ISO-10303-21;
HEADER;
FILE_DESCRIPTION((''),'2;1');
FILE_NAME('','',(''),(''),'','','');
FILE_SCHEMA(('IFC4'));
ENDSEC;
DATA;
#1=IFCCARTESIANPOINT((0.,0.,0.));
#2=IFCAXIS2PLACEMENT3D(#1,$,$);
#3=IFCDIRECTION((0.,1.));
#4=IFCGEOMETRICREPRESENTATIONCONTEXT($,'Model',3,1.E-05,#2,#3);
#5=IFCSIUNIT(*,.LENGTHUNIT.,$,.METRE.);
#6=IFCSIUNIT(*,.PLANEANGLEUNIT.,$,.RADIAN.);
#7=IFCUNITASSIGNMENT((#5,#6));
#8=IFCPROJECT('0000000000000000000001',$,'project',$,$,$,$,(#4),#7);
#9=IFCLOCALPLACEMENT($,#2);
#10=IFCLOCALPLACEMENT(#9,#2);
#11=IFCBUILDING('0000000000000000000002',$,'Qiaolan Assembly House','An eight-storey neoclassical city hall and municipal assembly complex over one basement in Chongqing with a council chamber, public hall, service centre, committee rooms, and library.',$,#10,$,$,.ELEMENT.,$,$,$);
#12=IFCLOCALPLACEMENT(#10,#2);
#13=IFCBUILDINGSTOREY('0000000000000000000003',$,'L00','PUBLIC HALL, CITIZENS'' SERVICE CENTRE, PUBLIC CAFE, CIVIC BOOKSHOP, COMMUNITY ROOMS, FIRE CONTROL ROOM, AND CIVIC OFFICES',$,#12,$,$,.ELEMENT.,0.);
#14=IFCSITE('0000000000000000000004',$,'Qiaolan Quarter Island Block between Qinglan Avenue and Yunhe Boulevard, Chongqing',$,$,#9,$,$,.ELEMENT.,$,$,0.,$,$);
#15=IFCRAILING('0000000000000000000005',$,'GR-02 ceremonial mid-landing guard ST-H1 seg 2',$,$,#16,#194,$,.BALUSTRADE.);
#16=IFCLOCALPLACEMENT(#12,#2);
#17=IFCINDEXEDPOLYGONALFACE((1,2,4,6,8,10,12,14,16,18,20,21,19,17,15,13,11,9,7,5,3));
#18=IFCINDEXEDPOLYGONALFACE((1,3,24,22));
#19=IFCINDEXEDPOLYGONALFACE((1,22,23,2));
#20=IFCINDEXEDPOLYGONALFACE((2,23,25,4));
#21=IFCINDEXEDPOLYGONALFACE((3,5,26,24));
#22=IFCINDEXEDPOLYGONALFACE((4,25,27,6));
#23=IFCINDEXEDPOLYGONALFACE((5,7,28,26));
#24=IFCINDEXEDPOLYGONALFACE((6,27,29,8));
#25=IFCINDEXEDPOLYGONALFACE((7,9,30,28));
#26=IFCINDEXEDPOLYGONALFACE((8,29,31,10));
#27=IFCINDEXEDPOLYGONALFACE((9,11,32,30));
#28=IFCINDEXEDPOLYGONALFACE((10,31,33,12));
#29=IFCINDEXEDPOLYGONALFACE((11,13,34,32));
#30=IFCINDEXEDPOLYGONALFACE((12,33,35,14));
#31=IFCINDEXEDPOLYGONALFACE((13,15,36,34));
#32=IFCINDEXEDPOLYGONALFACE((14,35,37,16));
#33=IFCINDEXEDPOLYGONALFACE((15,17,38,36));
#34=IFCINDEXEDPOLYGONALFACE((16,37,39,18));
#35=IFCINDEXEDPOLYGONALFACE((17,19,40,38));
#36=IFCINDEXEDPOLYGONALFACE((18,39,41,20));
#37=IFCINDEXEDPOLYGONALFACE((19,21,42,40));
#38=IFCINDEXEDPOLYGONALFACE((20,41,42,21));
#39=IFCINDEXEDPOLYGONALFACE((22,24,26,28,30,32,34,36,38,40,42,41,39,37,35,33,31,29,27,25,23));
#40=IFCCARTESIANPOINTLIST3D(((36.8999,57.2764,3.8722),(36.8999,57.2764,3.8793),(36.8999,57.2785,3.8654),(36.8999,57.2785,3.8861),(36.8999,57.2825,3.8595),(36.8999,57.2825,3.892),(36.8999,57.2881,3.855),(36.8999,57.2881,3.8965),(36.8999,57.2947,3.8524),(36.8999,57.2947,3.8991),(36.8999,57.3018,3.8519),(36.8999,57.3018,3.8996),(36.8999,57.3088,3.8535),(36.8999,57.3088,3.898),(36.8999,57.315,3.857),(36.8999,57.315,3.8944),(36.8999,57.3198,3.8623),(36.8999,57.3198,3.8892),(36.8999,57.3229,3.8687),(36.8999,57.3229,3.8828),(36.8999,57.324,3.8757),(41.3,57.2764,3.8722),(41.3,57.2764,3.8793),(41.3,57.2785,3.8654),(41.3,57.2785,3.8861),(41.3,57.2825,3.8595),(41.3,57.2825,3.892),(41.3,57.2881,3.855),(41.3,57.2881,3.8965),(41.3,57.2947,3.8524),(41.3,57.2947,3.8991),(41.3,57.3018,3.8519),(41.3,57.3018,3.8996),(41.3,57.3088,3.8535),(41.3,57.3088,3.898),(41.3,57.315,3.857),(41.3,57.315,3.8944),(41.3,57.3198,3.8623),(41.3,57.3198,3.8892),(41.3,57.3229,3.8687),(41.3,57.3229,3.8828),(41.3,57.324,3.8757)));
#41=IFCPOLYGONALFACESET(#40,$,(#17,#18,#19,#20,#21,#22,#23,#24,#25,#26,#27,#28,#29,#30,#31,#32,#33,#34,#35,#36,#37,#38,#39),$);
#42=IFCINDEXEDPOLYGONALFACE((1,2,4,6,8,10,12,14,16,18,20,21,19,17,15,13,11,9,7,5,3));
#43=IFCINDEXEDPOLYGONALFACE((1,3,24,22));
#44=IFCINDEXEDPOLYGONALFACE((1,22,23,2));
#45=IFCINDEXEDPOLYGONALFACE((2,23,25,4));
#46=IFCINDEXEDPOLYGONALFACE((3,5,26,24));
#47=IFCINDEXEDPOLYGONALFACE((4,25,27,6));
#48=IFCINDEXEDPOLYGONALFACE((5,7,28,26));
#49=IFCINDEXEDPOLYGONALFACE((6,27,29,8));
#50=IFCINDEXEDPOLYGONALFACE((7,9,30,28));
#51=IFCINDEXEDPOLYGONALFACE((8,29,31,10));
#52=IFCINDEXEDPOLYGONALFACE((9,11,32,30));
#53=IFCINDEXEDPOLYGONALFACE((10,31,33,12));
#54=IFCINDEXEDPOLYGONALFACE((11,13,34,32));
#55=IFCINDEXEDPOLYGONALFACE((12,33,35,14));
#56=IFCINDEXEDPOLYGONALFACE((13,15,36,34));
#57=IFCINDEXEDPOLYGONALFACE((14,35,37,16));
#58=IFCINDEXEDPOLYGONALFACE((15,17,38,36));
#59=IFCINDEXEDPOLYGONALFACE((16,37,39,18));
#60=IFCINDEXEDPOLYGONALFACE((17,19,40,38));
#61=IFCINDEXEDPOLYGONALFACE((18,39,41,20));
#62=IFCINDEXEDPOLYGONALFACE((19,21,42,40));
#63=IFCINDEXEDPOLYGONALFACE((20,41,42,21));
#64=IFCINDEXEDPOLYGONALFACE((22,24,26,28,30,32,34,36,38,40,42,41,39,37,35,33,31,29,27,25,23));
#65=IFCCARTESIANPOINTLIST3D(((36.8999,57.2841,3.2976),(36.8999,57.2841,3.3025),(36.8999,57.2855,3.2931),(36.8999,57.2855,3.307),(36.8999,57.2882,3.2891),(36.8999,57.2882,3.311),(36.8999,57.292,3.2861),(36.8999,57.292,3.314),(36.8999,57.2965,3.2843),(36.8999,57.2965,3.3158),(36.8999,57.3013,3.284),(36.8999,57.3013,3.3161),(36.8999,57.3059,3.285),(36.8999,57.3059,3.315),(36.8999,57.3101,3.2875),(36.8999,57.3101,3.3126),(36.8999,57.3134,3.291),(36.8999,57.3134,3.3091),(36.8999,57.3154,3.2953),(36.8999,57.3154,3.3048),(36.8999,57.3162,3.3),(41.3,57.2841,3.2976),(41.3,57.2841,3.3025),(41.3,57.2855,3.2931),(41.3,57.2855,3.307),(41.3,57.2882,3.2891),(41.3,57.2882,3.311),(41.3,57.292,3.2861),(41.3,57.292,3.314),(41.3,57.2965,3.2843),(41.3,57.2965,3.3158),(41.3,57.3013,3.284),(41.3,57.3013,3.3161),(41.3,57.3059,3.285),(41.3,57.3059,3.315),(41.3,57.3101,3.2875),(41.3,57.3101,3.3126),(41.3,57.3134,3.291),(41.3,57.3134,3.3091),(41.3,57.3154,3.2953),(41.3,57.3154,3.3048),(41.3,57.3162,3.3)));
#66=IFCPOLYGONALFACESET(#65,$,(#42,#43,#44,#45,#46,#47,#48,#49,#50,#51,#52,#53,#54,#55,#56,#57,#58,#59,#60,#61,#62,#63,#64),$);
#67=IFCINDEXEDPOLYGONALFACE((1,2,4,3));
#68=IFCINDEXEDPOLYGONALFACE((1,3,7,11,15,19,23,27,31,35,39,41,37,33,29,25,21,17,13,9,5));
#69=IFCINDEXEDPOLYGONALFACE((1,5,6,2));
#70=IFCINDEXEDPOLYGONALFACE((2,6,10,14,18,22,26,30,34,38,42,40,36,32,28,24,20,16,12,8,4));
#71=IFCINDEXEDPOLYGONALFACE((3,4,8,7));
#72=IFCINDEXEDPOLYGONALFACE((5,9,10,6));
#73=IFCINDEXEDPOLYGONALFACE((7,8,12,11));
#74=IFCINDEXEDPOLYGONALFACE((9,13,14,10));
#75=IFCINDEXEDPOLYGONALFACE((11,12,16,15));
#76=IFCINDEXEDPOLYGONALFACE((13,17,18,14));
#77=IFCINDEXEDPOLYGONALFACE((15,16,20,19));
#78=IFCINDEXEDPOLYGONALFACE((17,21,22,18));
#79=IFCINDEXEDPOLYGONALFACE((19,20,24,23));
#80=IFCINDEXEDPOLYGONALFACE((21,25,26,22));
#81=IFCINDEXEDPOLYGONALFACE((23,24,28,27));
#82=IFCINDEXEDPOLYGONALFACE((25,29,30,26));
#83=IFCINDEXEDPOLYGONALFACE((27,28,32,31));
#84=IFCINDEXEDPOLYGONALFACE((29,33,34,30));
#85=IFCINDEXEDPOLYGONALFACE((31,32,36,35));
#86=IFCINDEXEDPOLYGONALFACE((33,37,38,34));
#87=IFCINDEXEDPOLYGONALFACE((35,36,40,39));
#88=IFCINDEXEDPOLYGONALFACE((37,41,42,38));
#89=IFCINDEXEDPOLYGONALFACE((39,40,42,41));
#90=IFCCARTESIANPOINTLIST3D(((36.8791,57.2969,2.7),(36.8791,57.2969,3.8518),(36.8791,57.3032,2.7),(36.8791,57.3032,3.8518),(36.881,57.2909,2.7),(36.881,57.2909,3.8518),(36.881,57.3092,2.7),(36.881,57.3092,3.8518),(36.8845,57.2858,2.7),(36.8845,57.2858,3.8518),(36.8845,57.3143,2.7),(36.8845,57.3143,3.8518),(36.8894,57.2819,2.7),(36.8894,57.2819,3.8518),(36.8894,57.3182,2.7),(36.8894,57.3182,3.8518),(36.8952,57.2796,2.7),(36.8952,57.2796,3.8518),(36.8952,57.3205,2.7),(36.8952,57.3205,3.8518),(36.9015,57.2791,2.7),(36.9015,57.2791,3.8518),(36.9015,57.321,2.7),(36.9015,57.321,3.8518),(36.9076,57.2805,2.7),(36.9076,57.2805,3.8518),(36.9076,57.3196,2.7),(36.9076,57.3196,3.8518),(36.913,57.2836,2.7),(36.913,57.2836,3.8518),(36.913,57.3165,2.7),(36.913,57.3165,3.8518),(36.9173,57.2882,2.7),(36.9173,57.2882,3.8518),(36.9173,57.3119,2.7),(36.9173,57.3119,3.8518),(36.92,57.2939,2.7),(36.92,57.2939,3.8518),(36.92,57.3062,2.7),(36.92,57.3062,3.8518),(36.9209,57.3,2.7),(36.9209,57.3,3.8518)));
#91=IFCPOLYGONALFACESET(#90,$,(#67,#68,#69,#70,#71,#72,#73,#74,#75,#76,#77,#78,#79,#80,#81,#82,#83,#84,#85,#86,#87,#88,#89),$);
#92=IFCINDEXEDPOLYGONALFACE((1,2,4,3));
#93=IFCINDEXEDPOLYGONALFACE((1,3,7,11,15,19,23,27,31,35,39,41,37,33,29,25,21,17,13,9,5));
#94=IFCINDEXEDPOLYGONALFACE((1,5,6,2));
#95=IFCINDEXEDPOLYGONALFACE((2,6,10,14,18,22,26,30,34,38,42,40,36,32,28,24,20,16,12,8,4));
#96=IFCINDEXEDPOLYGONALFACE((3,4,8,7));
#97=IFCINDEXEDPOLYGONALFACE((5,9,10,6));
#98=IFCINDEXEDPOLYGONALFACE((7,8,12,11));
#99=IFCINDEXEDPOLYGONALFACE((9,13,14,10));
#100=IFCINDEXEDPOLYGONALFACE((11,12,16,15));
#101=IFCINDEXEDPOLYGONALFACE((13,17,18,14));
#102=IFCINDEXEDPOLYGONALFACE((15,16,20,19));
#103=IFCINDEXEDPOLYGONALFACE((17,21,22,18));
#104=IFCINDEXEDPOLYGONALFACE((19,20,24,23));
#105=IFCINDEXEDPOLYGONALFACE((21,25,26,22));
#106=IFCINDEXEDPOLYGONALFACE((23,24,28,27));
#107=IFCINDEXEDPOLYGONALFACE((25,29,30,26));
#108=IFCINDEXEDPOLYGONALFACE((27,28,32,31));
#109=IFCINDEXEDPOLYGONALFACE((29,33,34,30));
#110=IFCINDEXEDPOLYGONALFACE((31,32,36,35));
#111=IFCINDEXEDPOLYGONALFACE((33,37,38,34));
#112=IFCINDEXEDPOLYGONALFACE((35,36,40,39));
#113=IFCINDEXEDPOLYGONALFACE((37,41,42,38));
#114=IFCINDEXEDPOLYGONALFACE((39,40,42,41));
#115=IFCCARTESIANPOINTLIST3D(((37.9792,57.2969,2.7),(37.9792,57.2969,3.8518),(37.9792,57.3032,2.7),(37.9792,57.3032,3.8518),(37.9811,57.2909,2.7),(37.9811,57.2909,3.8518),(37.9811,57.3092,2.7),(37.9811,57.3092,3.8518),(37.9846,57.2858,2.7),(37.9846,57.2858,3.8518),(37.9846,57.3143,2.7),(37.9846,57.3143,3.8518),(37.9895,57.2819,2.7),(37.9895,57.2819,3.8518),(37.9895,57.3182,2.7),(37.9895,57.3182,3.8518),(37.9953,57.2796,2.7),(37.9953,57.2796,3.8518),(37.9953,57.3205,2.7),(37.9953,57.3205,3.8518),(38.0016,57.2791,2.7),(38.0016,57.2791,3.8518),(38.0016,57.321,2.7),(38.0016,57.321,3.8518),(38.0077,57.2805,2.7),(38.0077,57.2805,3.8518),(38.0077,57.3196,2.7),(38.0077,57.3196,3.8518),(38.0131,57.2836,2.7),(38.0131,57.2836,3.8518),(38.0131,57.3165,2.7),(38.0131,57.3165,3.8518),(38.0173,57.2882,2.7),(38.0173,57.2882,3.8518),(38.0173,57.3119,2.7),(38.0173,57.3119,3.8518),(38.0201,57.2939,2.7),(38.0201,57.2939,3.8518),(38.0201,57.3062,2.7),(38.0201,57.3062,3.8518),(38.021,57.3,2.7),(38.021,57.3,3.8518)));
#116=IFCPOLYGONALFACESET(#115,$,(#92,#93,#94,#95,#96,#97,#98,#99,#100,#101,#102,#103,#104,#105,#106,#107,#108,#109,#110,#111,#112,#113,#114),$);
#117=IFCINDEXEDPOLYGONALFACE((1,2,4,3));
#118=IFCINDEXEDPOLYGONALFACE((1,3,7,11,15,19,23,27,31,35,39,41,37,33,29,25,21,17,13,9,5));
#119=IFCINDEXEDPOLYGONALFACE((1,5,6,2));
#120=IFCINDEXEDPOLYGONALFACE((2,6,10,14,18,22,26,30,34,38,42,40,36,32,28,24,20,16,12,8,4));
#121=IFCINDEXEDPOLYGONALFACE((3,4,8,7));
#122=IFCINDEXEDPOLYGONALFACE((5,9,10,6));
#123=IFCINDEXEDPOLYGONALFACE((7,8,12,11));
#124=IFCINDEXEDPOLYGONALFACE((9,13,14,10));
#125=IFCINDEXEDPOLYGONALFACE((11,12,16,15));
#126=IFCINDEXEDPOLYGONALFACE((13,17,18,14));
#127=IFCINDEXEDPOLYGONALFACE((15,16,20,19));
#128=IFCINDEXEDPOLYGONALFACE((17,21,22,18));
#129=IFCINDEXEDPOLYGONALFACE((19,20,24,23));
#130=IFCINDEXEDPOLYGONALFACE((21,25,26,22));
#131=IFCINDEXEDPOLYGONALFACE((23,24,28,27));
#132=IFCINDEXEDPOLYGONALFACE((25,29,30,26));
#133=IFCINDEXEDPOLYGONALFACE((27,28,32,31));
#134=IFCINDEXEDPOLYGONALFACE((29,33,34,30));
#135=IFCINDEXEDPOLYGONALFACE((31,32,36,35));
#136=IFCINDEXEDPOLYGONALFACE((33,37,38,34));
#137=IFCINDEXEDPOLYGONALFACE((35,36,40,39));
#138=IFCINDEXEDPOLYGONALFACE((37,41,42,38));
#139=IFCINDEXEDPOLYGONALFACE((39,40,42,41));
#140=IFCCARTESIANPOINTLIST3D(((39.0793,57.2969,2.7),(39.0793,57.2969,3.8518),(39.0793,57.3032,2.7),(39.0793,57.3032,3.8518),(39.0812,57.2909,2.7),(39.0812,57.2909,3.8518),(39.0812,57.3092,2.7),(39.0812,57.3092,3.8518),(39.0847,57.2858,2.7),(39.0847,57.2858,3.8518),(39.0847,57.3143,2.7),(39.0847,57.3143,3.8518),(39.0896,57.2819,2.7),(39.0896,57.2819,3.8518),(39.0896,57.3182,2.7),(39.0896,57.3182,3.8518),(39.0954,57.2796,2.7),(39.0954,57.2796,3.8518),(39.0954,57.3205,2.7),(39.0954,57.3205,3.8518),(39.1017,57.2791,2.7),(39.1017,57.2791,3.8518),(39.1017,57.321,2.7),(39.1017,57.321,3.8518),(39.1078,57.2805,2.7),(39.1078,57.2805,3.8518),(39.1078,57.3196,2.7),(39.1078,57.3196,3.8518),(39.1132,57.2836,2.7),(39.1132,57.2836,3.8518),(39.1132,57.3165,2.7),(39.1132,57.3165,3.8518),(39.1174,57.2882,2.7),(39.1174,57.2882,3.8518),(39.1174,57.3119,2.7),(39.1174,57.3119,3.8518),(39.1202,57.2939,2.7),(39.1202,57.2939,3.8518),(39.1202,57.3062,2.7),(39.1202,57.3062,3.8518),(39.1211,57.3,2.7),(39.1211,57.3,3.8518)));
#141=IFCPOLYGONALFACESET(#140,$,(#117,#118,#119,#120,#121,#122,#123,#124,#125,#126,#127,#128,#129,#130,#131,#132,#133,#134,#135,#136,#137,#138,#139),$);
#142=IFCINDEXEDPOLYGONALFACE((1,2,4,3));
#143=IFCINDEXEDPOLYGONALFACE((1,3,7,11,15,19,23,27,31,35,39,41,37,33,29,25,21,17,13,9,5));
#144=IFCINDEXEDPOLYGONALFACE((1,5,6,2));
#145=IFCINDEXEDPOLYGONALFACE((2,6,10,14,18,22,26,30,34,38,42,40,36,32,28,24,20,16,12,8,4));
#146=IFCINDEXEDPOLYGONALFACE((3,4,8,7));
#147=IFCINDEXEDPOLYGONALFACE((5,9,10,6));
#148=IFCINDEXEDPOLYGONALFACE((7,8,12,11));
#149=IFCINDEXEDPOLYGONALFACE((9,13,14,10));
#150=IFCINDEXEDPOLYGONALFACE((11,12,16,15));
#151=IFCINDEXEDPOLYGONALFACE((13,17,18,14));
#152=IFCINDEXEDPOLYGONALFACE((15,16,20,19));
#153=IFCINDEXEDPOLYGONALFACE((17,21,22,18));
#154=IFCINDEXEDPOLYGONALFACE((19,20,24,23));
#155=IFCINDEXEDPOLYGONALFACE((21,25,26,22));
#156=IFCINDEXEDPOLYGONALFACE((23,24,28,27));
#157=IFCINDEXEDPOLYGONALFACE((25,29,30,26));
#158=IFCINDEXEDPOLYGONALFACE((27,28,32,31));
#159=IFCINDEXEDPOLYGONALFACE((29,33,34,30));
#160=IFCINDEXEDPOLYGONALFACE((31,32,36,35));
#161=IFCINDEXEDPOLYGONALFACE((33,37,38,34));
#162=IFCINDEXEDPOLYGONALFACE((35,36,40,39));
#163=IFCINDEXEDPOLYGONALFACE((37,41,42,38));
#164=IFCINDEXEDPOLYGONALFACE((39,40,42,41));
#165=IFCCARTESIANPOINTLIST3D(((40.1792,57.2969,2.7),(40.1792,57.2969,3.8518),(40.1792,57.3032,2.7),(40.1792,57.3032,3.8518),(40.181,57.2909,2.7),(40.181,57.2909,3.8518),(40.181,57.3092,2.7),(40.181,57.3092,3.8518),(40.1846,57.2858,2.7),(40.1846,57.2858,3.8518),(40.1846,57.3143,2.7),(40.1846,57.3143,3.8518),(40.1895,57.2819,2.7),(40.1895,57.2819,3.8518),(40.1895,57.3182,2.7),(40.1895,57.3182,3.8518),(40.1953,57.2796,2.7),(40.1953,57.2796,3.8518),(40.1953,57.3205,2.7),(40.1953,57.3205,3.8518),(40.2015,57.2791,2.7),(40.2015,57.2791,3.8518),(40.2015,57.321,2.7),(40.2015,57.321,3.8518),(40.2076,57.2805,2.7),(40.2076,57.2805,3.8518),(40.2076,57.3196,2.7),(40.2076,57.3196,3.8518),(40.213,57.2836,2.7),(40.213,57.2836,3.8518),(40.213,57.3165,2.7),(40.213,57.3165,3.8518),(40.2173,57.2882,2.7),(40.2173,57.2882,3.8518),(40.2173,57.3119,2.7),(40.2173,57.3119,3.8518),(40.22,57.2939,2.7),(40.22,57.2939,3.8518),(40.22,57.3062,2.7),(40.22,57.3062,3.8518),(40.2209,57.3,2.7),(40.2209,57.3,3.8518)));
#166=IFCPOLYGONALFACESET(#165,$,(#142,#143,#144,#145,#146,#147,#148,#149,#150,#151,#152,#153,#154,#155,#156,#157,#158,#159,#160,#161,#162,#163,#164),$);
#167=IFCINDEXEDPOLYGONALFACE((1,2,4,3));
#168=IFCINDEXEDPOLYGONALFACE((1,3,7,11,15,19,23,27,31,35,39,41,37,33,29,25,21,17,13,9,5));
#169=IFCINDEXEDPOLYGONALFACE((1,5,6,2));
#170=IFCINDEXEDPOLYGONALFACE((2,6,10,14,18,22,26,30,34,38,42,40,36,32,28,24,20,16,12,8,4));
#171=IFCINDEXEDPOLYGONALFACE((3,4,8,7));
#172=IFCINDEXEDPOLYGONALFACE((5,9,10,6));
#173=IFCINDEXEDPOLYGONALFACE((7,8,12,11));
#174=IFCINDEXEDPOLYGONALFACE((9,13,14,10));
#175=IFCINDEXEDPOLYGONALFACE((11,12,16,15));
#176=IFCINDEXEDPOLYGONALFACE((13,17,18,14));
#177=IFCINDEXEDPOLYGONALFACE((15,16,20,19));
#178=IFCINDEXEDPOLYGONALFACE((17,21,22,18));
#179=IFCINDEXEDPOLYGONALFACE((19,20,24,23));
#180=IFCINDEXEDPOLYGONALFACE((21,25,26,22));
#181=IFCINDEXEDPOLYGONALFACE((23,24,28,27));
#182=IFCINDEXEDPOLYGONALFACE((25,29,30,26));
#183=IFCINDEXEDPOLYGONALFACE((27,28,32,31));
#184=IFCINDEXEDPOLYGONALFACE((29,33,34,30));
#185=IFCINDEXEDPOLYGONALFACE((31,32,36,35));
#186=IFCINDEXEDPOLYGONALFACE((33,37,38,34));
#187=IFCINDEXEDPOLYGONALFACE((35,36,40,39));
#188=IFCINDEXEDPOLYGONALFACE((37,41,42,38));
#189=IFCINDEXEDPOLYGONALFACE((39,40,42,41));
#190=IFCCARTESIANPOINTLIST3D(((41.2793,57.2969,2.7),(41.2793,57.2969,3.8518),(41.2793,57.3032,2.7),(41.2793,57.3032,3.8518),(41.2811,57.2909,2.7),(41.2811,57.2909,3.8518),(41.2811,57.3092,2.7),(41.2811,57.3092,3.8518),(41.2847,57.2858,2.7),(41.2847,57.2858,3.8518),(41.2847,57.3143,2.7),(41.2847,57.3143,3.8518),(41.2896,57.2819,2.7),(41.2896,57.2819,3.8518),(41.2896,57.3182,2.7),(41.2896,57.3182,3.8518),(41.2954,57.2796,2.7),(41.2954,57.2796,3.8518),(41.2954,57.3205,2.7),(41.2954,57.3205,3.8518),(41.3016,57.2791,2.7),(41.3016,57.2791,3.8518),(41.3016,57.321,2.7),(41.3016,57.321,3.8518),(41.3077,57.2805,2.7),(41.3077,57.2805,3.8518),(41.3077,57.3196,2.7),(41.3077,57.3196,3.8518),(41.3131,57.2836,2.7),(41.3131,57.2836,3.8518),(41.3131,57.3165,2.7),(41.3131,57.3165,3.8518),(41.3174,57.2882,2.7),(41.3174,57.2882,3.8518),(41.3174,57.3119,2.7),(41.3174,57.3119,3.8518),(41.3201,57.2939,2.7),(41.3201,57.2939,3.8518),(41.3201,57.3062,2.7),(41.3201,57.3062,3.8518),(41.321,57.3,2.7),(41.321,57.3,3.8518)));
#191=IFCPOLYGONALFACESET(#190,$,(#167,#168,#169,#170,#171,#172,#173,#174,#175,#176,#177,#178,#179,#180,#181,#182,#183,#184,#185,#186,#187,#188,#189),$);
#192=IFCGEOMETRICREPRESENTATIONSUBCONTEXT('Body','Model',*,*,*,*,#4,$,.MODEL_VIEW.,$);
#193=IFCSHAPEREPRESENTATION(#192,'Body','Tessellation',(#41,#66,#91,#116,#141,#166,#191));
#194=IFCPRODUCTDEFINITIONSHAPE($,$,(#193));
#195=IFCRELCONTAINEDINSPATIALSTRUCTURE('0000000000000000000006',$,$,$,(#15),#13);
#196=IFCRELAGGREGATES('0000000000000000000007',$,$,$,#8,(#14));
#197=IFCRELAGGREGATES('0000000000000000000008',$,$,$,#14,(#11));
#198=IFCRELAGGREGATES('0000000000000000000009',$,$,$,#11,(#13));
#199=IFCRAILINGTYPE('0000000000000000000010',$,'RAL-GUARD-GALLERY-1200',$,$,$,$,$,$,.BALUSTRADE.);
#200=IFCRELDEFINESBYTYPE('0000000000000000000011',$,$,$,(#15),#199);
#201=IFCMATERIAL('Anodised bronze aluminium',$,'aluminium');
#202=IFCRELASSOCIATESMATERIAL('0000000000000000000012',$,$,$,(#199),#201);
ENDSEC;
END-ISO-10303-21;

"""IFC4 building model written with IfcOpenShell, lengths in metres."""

from ifc_helpers import new_model, si_unit, direction, frame, origin, origin_2d, place, context, subcontext, project, spatial, circle, extrude, material, type_object, element, save


model = new_model("IFC4")

# Units and contexts
model_context = context("Model", 3, precision=1e-05, world=origin(), true_north=direction((0.0, 1.0)))
body_context = subcontext(model_context, "Body", "Model", "MODEL_VIEW")
ifc_project = project(units=[si_unit("LENGTHUNIT", "METRE"), si_unit("PLANEANGLEUNIT", "RADIAN")], contexts=[model_context])

# Site, building, storey
site_placement = place(None, origin())
site = spatial("IfcSite", under=ifc_project, at=site_placement, Name="Qiaolan Quarter Island Block between Qinglan Avenue and Yunhe Boulevard, Chongqing", CompositionType="ELEMENT", RefElevation=0.0)
building_placement = place(site_placement, origin())
building = spatial("IfcBuilding", under=site, at=building_placement, Name="Qiaolan Assembly House", Description="An eight-storey neoclassical city hall and municipal assembly complex over one basement in Chongqing with a council chamber, public hall, service centre, committee rooms, and library.", CompositionType="ELEMENT")
storey_placement = place(building_placement, origin())
storey = spatial("IfcBuildingStorey", under=building, at=storey_placement, Name="L00", Description="PUBLIC HALL, CITIZENS' SERVICE CENTRE, PUBLIC CAFE, CIVIC BOOKSHOP, COMMUNITY ROOMS, FIRE CONTROL ROOM, AND CIVIC OFFICES", CompositionType="ELEMENT", Elevation=0.0)

# Railing
ifc_material_1 = material(Name="Anodised bronze aluminium", Category="aluminium")
railing_type = type_object("IfcRailingType", Name="RAL-GUARD-GALLERY-1200", PredefinedType="BALUSTRADE", material=ifc_material_1)
railing_1_placement = place(storey_placement, frame((36.8999, 57.3, 2.7)))
element("IfcRailing", 1, at=railing_1_placement, inside=storey, type_object=railing_type, Name="GR-02 ceremonial mid-landing guard ST-H1 seg 2", PredefinedType="BALUSTRADE", context=body_context, shape_type="SweptSolid", body=[
    extrude(circle(Radius=0.0239, at=origin_2d()), frame((0.0, 0.0, 1.1758), z_axis=(1.0, 0.0, 0.0), x_axis=(0.0, 1.0, 0.0)), (0.0, 0.0, 1.0), 4.4001),
    extrude(circle(Radius=0.0161, at=origin_2d()), frame((0.0, 0.0, 0.6001), z_axis=(1.0, 0.0, 0.0), x_axis=(0.0, 1.0, 0.0)), (0.0, 0.0, 1.0), 4.4001),
    extrude(circle(Radius=0.021, at=origin_2d()), origin(), (0.0, 0.0, 1.0), 1.1519),
    extrude(circle(Radius=0.021, at=origin_2d()), frame((1.1001, 0.0, 0.0)), (0.0, 0.0, 1.0), 1.1519),
    extrude(circle(Radius=0.021, at=origin_2d()), frame((2.2002, 0.0, 0.0)), (0.0, 0.0, 1.0), 1.1519),
    extrude(circle(Radius=0.021, at=origin_2d()), frame((3.3, 0.0, 0.0)), (0.0, 0.0, 1.0), 1.1519),
    extrude(circle(Radius=0.021, at=origin_2d()), frame((4.4001, 0.0, 0.0)), (0.0, 0.0, 1.0), 1.1519),
])

save(model, "model.ifc")
